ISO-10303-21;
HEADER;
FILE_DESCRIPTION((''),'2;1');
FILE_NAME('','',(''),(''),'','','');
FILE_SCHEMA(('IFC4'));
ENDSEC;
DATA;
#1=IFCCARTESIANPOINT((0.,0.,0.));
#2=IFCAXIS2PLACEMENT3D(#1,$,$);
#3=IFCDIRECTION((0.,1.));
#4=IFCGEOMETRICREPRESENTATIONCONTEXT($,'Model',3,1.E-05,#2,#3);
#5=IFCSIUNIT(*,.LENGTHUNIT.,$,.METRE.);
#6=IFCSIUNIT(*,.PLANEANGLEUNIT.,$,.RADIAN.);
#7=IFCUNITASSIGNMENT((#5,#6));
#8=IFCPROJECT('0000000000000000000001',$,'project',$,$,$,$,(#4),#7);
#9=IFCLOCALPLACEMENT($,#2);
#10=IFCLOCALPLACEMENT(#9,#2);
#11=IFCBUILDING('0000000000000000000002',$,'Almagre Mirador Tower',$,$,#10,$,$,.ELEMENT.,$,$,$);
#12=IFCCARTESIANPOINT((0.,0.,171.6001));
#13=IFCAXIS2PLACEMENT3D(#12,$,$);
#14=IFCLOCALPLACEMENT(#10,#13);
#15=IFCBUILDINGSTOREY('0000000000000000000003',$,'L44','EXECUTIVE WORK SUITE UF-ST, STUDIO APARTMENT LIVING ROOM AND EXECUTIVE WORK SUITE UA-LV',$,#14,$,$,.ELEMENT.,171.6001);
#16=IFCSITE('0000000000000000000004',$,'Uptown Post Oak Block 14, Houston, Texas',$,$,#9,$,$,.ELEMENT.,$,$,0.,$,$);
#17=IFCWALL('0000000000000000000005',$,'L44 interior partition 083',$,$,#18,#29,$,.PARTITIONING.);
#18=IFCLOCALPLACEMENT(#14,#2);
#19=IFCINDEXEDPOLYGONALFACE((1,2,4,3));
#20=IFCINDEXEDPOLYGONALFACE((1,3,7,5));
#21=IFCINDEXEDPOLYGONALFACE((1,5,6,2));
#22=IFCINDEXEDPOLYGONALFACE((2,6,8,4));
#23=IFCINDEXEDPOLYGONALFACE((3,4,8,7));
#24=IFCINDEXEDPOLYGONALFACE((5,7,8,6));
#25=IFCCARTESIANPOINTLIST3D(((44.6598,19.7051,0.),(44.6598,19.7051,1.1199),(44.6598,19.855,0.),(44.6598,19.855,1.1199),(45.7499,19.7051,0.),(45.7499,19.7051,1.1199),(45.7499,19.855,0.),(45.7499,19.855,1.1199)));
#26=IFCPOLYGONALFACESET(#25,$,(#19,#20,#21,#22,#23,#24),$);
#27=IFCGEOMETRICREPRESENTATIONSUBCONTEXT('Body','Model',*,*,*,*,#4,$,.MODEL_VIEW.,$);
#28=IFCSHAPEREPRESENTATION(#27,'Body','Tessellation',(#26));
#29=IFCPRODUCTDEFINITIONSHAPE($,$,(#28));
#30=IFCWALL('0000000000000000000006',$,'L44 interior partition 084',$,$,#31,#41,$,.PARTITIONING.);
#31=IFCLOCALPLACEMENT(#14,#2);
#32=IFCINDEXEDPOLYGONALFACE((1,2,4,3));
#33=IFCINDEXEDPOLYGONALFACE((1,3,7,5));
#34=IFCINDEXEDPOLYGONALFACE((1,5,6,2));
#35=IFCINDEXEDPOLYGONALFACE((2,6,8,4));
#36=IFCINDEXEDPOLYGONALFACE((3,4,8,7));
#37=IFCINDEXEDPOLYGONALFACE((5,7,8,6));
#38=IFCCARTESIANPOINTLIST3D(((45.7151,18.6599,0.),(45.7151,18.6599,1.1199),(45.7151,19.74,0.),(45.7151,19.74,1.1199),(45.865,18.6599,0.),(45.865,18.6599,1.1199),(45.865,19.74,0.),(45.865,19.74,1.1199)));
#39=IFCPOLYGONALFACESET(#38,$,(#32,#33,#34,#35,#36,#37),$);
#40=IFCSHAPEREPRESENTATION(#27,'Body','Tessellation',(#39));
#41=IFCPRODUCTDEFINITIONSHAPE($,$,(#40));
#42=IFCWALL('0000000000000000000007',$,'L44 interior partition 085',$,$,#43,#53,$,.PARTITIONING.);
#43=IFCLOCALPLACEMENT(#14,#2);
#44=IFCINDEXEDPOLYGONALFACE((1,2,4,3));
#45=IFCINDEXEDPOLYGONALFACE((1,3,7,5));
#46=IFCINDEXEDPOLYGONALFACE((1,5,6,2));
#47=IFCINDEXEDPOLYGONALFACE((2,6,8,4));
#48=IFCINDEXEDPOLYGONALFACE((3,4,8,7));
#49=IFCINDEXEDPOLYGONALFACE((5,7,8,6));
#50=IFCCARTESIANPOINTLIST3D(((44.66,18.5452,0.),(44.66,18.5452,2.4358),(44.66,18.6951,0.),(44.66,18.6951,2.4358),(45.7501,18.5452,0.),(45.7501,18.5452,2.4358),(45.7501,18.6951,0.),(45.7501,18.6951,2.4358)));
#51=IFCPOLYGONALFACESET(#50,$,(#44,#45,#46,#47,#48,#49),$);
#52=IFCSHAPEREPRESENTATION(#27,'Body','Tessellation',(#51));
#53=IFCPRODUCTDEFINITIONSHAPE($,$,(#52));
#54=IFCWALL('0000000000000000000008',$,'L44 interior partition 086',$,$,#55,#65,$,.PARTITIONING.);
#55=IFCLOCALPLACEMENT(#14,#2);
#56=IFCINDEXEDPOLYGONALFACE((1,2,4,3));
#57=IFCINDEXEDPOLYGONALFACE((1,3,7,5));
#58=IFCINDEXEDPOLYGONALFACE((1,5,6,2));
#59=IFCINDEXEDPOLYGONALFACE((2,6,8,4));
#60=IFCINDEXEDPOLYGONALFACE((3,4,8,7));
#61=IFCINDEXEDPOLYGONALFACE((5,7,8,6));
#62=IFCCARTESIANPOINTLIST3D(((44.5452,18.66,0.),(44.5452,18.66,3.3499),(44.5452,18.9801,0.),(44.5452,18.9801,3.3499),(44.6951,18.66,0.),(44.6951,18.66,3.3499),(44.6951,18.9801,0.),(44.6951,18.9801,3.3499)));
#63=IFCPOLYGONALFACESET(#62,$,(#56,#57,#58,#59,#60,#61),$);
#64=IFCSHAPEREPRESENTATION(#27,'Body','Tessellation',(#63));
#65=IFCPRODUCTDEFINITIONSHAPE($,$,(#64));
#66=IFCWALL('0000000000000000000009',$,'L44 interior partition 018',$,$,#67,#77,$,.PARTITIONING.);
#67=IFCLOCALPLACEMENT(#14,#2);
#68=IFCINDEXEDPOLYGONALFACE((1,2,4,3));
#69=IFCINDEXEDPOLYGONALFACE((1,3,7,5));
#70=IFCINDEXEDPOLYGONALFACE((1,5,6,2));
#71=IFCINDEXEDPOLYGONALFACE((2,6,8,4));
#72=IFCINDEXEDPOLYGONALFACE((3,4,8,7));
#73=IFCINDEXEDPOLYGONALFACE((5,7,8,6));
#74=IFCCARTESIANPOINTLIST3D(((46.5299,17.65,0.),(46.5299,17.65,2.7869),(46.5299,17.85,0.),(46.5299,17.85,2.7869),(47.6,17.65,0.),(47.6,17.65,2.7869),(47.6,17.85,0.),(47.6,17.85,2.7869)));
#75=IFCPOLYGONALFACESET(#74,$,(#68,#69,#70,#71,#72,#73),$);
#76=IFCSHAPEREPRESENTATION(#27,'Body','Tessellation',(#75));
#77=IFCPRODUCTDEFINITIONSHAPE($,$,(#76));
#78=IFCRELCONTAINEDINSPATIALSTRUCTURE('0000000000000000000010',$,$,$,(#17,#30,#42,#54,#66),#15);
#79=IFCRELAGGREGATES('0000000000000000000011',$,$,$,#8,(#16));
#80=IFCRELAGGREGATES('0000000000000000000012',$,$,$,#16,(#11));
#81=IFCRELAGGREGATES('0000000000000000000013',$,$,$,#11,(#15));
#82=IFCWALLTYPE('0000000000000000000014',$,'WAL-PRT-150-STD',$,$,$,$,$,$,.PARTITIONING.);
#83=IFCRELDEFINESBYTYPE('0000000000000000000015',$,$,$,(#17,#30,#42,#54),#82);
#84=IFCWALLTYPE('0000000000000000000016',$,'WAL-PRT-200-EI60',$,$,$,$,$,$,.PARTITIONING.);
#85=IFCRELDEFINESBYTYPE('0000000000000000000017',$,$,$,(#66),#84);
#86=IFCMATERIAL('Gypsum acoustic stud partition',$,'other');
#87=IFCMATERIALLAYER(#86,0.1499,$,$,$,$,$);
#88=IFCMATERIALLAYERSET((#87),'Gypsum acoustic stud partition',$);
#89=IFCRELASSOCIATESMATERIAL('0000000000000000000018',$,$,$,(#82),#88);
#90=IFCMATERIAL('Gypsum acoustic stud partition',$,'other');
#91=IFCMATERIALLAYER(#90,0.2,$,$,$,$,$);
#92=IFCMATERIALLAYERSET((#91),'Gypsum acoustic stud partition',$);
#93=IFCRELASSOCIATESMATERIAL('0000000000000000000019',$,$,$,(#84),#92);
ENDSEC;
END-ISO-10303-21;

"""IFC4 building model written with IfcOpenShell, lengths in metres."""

from ifc_helpers import new_model, si_unit, direction, frame, frame_2d, origin, place, context, subcontext, project, spatial, rectangle, extrude, material, layer, layer_set, type_object, element, save


model = new_model("IFC4")

# Units and contexts
model_context = context("Model", 3, precision=1e-05, world=origin(), true_north=direction((0.0, 1.0)))
body_context = subcontext(model_context, "Body", "Model", "MODEL_VIEW")
ifc_project = project(units=[si_unit("LENGTHUNIT", "METRE"), si_unit("PLANEANGLEUNIT", "RADIAN")], contexts=[model_context])

# Site, building, storey
site_placement = place(None, origin())
site = spatial("IfcSite", under=ifc_project, at=site_placement, Name="Uptown Post Oak Block 14, Houston, Texas", CompositionType="ELEMENT", RefElevation=0.0)
building_placement = place(site_placement, origin())
building = spatial("IfcBuilding", under=site, at=building_placement, Name="Almagre Mirador Tower", CompositionType="ELEMENT")
storey_placement = place(building_placement, frame((0.0, 0.0, 171.6001)))
storey = spatial("IfcBuildingStorey", under=building, at=storey_placement, Name="L44", Description="EXECUTIVE WORK SUITE UF-ST, STUDIO APARTMENT LIVING ROOM AND EXECUTIVE WORK SUITE UA-LV", CompositionType="ELEMENT", Elevation=171.6001)

# Walls
ifc_material_1 = material(Name="Gypsum acoustic stud partition", Category="other")
ifc_layer_1 = layer(ifc_material_1, 0.1499)
ifc_layer_set_1 = layer_set([ifc_layer_1], Name="Gypsum acoustic stud partition")
wall_type_1 = type_object("IfcWallType", Name="WAL-PRT-150-STD", PredefinedType="PARTITIONING", material=ifc_layer_set_1)
wall_1_placement = place(storey_placement, frame((44.6599, 19.78, 0.0), z_axis=(0.0, 0.0, 1.0), x_axis=(1.0, 0.0, 0.0)))
element("IfcWall", 1, at=wall_1_placement, inside=storey, type_object=wall_type_1, Name="L44 interior partition 083", PredefinedType="PARTITIONING", context=body_context, shape_type="SweptSolid", body=[
    extrude(rectangle(XDim=1.0901, YDim=0.1499, at=frame_2d((0.5449, 0.0))), origin(), (0.0, 0.0, 1.0), 1.1199),
])
wall_2_placement = place(storey_placement, frame((45.79, 19.74, 0.0), z_axis=(0.0, 0.0, 1.0), x_axis=(0.0, -1.0, 0.0)))
element("IfcWall", 2, at=wall_2_placement, inside=storey, type_object=wall_type_1, Name="L44 interior partition 084", PredefinedType="PARTITIONING", context=body_context, shape_type="SweptSolid", body=[
    extrude(rectangle(XDim=1.0801, YDim=0.1499, at=frame_2d((0.54, 0.0))), origin(), (0.0, 0.0, 1.0), 1.1199),
])
wall_3_placement = place(storey_placement, frame((45.75, 18.6201, 0.0), z_axis=(0.0, 0.0, 1.0), x_axis=(-1.0, 0.0, 0.0)))
element("IfcWall", 3, at=wall_3_placement, inside=storey, type_object=wall_type_1, Name="L44 interior partition 085", PredefinedType="PARTITIONING", context=body_context, shape_type="SweptSolid", body=[
    extrude(rectangle(XDim=1.0901, YDim=0.1499, at=frame_2d((0.5449, 0.0))), origin(), (0.0, 0.0, 1.0), 2.4358),
])
wall_4_placement = place(storey_placement, frame((44.6201, 18.6599, 0.0), z_axis=(0.0, 0.0, 1.0), x_axis=(0.0, 1.0, 0.0)))
element("IfcWall", 4, at=wall_4_placement, inside=storey, type_object=wall_type_1, Name="L44 interior partition 086", PredefinedType="PARTITIONING", context=body_context, shape_type="SweptSolid", body=[
    extrude(rectangle(XDim=0.3201, YDim=0.1499, at=frame_2d((0.1602, 0.0))), origin(), (0.0, 0.0, 1.0), 3.3499),
])
ifc_material_2 = material(Name="Gypsum acoustic stud partition", Category="other")
ifc_layer_2 = layer(ifc_material_2, 0.2)
ifc_layer_set_2 = layer_set([ifc_layer_2], Name="Gypsum acoustic stud partition")
wall_type_2 = type_object("IfcWallType", Name="WAL-PRT-200-EI60", PredefinedType="PARTITIONING", material=ifc_layer_set_2)
wall_5_placement = place(storey_placement, frame((47.6001, 17.75, 0.0), z_axis=(0.0, 0.0, 1.0), x_axis=(-1.0, 0.0, 0.0)))
element("IfcWall", 5, at=wall_5_placement, inside=storey, type_object=wall_type_2, Name="L44 interior partition 018", PredefinedType="PARTITIONING", context=body_context, shape_type="SweptSolid", body=[
    extrude(rectangle(XDim=1.0701, YDim=0.2, at=frame_2d((0.5352, 0.0))), origin(), (0.0, 0.0, 1.0), 2.7869),
])

save(model, "model.ifc")
